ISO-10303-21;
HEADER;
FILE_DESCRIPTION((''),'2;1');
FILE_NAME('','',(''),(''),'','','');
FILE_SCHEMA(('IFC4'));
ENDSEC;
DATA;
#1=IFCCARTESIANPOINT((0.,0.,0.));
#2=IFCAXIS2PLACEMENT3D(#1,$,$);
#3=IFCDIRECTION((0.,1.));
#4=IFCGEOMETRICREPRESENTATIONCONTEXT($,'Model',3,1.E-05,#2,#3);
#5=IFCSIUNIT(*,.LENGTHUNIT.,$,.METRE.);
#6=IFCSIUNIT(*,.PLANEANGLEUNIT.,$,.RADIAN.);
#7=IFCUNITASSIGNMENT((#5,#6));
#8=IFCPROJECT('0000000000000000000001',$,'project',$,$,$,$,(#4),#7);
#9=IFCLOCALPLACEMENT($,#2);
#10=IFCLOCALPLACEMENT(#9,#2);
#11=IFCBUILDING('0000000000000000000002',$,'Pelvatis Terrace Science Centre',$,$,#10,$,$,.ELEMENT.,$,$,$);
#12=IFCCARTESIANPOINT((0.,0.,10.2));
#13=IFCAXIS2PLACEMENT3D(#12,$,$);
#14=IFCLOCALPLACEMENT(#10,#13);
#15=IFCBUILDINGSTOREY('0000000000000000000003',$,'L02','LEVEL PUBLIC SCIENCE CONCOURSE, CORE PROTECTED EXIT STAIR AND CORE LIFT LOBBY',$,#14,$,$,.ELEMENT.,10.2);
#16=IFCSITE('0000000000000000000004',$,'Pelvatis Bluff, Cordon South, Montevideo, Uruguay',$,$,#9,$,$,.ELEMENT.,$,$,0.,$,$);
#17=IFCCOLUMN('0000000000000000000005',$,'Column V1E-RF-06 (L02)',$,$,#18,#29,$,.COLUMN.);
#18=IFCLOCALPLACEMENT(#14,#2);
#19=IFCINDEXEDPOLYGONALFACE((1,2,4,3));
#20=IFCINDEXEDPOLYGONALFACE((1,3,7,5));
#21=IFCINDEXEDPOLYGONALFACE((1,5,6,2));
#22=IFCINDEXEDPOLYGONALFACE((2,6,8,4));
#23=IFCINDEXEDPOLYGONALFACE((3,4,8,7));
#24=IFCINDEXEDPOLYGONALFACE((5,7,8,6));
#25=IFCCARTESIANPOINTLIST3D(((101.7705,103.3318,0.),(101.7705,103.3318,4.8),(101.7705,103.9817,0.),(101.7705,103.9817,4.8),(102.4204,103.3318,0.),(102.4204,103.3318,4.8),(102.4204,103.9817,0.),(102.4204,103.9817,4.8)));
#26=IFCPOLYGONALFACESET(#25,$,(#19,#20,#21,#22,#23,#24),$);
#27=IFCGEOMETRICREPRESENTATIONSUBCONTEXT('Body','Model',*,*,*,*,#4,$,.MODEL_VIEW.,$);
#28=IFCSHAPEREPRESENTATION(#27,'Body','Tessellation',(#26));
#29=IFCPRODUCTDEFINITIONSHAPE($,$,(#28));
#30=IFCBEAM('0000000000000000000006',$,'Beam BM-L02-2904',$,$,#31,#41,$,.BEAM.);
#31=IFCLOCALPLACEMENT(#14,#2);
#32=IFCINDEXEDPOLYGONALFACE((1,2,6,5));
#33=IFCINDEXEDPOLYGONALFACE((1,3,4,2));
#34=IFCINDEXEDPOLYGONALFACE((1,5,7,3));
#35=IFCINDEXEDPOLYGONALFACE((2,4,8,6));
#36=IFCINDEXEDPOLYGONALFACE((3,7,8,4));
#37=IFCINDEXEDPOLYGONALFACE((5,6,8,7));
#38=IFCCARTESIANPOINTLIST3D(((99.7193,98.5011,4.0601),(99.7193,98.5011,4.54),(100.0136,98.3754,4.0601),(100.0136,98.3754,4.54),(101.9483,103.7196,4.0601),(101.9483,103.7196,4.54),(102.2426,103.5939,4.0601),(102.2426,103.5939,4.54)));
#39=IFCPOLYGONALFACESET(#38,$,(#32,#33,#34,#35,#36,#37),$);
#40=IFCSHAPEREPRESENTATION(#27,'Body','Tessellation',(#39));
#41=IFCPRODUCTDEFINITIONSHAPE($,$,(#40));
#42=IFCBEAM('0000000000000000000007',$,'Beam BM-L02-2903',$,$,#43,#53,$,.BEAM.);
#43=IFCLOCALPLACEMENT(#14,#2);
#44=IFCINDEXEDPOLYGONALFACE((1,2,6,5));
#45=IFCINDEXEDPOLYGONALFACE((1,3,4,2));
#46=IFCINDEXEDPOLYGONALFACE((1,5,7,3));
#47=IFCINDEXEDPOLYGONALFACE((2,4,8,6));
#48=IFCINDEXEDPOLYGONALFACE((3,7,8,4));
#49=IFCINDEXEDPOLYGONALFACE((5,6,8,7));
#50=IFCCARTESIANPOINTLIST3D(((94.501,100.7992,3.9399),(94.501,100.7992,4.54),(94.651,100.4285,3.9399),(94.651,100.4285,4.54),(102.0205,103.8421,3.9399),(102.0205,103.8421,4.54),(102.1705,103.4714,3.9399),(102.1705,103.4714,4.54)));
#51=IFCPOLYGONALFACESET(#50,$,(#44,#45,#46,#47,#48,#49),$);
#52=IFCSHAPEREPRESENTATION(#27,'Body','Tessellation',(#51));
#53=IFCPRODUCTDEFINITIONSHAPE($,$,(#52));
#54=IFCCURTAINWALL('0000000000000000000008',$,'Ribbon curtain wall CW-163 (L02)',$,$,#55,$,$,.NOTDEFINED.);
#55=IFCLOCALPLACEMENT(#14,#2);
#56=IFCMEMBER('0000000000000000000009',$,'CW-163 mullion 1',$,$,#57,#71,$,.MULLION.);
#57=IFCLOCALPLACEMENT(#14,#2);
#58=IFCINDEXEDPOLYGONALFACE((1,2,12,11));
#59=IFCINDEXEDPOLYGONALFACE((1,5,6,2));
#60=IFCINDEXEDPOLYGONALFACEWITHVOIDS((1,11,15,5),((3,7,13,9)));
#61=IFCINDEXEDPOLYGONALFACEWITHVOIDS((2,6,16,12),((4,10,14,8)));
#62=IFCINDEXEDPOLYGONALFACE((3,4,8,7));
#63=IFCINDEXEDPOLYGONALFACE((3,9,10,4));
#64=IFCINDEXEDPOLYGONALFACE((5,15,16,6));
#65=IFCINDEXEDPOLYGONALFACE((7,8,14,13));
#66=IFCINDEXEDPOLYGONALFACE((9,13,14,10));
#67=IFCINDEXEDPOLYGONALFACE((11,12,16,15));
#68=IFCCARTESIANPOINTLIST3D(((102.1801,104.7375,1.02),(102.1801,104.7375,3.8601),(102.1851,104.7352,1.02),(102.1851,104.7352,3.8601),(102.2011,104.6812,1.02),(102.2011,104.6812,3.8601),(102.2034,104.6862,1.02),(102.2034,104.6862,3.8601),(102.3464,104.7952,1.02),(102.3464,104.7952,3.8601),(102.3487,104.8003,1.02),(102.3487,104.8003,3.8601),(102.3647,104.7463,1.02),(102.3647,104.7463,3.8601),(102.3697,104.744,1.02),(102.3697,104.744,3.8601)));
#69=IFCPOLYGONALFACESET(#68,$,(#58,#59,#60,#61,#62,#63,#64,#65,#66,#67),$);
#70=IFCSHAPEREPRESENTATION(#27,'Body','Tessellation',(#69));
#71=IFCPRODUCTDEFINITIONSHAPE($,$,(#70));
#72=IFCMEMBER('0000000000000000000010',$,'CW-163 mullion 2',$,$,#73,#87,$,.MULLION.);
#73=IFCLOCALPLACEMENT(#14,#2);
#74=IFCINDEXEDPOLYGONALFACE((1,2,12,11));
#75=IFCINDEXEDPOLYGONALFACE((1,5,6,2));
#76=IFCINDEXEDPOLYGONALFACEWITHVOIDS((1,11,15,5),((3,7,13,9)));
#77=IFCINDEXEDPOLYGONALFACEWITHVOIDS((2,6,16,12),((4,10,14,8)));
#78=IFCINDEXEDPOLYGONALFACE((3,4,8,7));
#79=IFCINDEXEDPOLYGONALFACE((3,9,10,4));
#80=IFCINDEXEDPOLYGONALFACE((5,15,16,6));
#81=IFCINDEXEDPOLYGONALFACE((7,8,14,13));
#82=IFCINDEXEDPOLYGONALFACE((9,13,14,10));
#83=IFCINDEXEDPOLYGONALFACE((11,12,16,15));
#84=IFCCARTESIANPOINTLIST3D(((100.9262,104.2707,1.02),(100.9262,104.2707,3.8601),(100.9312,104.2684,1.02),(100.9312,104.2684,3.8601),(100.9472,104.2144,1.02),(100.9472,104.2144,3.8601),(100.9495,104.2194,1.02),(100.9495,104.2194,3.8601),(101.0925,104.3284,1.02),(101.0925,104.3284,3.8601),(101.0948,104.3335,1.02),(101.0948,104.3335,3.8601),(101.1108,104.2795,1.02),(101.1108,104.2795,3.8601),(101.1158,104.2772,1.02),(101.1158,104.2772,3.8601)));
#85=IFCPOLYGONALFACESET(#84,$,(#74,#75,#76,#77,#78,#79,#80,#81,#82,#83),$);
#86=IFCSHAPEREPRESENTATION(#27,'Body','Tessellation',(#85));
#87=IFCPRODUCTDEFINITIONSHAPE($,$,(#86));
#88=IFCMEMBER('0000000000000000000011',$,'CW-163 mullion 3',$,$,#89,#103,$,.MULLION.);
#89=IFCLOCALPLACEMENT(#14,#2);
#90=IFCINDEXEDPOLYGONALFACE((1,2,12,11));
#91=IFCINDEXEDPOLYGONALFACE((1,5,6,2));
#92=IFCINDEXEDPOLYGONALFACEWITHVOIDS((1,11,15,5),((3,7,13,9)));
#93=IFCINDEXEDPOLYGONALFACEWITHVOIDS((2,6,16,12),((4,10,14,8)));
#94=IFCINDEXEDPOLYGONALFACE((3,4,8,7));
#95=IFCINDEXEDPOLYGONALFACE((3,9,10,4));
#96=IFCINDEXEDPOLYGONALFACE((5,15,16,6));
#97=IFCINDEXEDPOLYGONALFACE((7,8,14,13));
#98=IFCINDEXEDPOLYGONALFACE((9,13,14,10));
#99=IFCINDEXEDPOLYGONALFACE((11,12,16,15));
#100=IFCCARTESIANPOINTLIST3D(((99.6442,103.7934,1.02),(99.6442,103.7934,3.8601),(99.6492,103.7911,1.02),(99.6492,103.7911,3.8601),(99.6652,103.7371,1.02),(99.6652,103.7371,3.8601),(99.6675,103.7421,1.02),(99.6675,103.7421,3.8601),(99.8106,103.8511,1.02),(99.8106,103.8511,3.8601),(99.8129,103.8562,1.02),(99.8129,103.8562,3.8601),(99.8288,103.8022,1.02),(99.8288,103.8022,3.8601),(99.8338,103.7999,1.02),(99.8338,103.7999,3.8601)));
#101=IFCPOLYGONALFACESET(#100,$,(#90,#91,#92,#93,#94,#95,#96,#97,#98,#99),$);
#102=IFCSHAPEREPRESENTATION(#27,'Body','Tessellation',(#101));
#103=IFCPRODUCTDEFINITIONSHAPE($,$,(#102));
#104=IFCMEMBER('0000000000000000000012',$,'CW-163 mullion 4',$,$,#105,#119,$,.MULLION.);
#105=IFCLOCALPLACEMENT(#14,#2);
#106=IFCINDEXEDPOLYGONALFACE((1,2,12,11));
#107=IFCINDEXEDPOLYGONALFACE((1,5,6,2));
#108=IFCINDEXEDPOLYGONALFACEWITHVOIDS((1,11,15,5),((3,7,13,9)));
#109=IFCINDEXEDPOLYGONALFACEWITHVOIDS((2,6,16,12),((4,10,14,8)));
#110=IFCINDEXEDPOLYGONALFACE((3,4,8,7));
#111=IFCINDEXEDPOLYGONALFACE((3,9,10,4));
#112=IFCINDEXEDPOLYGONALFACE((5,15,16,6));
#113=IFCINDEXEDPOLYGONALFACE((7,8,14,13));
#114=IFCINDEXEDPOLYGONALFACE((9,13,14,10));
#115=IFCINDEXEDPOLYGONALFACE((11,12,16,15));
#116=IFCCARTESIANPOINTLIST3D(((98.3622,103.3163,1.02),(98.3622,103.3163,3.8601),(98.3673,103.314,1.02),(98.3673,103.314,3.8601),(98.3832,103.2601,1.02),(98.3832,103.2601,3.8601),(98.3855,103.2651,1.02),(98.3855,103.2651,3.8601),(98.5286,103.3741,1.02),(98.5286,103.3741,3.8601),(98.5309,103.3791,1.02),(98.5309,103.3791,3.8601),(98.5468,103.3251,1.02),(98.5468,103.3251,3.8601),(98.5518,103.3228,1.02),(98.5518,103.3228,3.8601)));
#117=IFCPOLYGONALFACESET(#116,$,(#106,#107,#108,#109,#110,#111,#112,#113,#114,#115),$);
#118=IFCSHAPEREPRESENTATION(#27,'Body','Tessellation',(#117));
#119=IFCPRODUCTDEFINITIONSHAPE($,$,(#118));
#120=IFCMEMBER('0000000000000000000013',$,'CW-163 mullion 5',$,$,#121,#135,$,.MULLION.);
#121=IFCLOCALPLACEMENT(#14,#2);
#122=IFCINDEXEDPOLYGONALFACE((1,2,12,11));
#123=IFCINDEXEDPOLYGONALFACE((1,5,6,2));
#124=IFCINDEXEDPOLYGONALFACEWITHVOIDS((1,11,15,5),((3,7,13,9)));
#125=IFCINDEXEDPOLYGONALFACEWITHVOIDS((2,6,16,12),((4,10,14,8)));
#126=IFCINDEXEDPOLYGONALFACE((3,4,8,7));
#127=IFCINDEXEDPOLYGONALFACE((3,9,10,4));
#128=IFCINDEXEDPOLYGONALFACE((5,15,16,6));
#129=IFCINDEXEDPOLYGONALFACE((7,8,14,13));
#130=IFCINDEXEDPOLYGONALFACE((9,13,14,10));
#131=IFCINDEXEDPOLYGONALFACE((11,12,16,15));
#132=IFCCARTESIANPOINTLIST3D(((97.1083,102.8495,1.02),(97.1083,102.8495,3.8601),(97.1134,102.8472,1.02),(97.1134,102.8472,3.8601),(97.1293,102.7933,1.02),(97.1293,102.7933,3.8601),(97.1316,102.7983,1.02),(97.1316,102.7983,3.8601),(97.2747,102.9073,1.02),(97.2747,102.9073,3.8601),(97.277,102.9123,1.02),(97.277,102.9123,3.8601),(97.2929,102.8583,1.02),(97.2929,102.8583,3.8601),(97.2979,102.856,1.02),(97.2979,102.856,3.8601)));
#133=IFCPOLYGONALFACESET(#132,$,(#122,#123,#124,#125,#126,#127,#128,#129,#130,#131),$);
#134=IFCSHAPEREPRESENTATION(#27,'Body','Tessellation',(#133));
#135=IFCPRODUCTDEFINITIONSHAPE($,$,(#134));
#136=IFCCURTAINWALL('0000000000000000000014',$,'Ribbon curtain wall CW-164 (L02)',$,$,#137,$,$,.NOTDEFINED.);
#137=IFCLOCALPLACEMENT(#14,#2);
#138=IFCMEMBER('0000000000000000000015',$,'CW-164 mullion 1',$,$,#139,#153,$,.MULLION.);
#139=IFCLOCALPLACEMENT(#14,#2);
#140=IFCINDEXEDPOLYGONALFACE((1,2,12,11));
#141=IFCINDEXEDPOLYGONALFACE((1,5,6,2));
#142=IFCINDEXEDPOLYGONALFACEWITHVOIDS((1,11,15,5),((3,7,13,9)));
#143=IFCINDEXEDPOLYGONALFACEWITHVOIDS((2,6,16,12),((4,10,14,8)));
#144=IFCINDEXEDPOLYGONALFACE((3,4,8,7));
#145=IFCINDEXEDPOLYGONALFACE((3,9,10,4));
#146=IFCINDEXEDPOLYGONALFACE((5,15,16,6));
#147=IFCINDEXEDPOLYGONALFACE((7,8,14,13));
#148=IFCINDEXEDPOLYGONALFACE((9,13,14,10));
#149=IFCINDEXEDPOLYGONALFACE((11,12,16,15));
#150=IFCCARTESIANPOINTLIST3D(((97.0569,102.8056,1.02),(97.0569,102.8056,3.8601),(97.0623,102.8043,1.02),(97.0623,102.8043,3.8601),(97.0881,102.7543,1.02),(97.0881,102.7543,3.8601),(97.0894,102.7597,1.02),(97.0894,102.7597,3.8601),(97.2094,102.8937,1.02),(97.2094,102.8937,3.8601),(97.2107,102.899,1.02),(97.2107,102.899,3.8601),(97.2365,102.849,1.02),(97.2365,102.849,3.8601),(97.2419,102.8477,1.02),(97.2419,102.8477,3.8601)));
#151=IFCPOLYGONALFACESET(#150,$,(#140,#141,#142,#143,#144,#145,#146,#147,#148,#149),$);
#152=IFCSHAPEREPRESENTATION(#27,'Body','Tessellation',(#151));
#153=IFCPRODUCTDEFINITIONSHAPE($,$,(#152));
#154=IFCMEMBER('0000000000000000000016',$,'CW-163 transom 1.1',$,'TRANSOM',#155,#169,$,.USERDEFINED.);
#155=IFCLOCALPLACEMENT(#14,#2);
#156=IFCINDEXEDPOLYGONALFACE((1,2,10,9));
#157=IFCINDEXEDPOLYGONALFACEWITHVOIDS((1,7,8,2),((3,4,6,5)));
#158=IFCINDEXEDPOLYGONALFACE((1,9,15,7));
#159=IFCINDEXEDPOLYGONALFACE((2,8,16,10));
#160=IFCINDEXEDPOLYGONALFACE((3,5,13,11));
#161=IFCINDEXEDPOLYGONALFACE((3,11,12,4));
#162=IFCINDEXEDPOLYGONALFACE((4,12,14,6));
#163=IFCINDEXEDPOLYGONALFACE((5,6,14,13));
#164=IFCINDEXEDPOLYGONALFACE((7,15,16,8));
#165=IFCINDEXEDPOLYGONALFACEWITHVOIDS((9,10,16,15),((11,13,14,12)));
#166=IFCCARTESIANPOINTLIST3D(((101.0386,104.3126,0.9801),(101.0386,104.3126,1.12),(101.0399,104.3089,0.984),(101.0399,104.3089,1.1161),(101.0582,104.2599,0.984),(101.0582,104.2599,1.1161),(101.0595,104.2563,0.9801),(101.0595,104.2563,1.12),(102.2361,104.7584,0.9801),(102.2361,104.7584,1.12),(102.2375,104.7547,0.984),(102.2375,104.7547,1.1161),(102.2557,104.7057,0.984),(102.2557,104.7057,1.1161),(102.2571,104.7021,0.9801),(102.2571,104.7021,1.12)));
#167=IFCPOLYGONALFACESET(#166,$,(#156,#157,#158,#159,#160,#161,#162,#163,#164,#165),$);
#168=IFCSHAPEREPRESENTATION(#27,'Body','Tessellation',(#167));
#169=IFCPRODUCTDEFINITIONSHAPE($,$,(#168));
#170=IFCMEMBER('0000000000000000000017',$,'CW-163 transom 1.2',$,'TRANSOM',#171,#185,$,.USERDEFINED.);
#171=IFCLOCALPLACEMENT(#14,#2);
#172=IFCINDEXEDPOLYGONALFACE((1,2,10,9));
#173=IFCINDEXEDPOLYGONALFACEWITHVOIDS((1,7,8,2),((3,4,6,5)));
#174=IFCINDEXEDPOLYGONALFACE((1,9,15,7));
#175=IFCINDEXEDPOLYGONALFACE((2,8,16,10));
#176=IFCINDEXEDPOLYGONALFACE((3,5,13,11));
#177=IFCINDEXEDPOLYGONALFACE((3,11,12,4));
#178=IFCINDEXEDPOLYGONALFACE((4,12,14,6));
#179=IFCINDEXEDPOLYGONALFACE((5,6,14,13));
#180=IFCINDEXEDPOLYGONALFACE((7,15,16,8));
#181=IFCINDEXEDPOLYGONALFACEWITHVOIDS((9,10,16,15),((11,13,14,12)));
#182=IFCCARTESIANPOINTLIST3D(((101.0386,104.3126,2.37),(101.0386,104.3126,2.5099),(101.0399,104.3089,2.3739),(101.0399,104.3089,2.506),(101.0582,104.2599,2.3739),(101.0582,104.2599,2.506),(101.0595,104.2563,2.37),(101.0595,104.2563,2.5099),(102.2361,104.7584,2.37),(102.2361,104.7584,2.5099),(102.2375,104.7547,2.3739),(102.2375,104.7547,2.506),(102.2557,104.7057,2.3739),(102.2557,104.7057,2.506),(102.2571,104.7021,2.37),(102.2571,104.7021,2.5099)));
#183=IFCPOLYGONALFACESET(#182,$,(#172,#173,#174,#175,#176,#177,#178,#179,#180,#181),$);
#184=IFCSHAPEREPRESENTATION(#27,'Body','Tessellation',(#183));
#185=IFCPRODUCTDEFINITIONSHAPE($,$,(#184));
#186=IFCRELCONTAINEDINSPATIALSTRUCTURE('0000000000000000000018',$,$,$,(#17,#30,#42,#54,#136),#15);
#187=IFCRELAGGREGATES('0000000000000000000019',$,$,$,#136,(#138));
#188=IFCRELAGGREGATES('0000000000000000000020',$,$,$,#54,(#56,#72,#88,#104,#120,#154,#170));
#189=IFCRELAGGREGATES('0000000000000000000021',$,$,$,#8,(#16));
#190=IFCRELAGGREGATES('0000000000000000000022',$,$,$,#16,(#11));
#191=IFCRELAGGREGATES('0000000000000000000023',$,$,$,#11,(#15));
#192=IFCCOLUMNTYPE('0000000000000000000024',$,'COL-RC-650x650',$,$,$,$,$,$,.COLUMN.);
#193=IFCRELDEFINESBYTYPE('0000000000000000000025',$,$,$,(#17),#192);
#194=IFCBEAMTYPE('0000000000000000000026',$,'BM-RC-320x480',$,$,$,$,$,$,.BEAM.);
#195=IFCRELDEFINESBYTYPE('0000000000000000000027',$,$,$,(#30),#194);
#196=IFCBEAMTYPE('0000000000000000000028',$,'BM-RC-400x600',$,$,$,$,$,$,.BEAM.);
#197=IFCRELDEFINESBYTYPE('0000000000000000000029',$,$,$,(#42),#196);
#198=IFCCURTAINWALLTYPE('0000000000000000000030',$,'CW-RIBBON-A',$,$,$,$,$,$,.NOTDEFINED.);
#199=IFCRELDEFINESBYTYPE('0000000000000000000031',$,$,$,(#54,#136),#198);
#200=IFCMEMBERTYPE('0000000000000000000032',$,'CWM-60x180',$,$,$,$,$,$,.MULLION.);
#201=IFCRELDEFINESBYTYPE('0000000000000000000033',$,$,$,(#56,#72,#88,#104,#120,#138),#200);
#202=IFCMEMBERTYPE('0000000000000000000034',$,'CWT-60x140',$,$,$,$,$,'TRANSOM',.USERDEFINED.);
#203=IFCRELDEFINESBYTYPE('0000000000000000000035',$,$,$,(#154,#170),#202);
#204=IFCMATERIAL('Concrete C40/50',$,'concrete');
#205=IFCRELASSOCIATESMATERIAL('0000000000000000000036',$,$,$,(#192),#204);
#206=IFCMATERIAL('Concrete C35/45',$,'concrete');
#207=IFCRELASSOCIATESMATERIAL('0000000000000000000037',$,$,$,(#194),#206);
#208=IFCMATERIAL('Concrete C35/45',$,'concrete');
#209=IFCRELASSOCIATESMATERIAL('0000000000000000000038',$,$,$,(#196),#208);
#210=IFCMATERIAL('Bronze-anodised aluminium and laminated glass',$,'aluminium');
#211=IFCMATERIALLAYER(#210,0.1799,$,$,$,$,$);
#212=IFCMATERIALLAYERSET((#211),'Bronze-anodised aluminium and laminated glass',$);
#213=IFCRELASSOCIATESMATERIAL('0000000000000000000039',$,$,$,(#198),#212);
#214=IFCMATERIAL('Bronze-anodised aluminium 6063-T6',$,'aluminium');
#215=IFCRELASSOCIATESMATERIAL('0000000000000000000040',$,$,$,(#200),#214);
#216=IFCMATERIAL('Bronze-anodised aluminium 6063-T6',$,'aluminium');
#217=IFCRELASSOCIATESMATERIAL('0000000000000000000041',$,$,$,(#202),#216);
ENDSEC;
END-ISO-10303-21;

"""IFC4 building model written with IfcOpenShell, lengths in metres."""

from ifc_helpers import new_model, si_unit, direction, frame, origin, origin_2d, place, context, subcontext, project, spatial, rectangle, hollow_rectangle, extrude, material, layer, layer_set, material_profile, profile_set, type_object, element, aggregate, save


model = new_model("IFC4")

# Units and contexts
model_context = context("Model", 3, precision=1e-05, world=origin(), true_north=direction((0.0, 1.0)))
body_context = subcontext(model_context, "Body", "Model", "MODEL_VIEW")
ifc_project = project(units=[si_unit("LENGTHUNIT", "METRE"), si_unit("PLANEANGLEUNIT", "RADIAN")], contexts=[model_context])

# Site, building, storey
site_placement = place(None, origin())
site = spatial("IfcSite", under=ifc_project, at=site_placement, Name="Pelvatis Bluff, Cordon South, Montevideo, Uruguay", CompositionType="ELEMENT", RefElevation=0.0)
building_placement = place(site_placement, origin())
building = spatial("IfcBuilding", under=site, at=building_placement, Name="Pelvatis Terrace Science Centre", CompositionType="ELEMENT")
storey_placement = place(building_placement, frame((0.0, 0.0, 10.2)))
storey = spatial("IfcBuildingStorey", under=building, at=storey_placement, Name="L02", Description="LEVEL PUBLIC SCIENCE CONCOURSE, CORE PROTECTED EXIT STAIR AND CORE LIFT LOBBY", CompositionType="ELEMENT", Elevation=10.2)

# Column
ifc_material_1 = material(Name="Concrete C40/50", Category="concrete")
ifc_material_profile_1 = material_profile(ifc_material_1, rectangle(XDim=0.6499, YDim=0.6499, at=origin_2d()), Name="RC-COL 650x650")
ifc_profile_set_1 = profile_set([ifc_material_profile_1], Name="Concrete C40/50")
column_type = type_object("IfcColumnType", Name="COL-RC-650x650", PredefinedType="COLUMN", material=ifc_profile_set_1)
column_placement = place(storey_placement, frame((102.0955, 103.6567, 0.0), z_axis=(0.0, 0.0, 1.0), x_axis=(1.0, 0.0, 0.0)))
element("IfcColumn", 1, at=column_placement, inside=storey, type_object=column_type, Name="Column V1E-RF-06 (L02)", PredefinedType="COLUMN", context=body_context, shape_type="SweptSolid", body=[
    extrude(rectangle(XDim=0.6499, YDim=0.6499, at=origin_2d()), origin(), (0.0, 0.0, 1.0), 4.8),
])

# Beams
ifc_material_2 = material(Name="Concrete C35/45", Category="concrete")
ifc_material_profile_2 = material_profile(ifc_material_2, rectangle(XDim=0.3201, YDim=0.48, at=origin_2d()), Name="RC-BM 320x480")
ifc_profile_set_2 = profile_set([ifc_material_profile_2], Name="Concrete C35/45")
beam_type_1 = type_object("IfcBeamType", Name="BM-RC-320x480", PredefinedType="BEAM", material=ifc_profile_set_2)
beam_1_placement = place(storey_placement, frame((102.0955, 103.6567, 4.3), z_axis=(-0.392803, -0.919623, 0.0), x_axis=(0.919623, -0.392803, 0.0)))
element("IfcBeam", 2, at=beam_1_placement, inside=storey, type_object=beam_type_1, Name="Beam BM-L02-2904", PredefinedType="BEAM", context=body_context, shape_type="SweptSolid", body=[
    extrude(rectangle(XDim=0.3201, YDim=0.48, at=origin_2d()), origin(), (0.0, 0.0, 1.0), 5.6746),
])
ifc_material_3 = material(Name="Concrete C35/45", Category="concrete")
ifc_material_profile_3 = material_profile(ifc_material_3, rectangle(XDim=0.3999, YDim=0.6001, at=origin_2d()), Name="RC-BM 400x600")
ifc_profile_set_3 = profile_set([ifc_material_profile_3], Name="Concrete C35/45")
beam_type_2 = type_object("IfcBeamType", Name="BM-RC-400x600", PredefinedType="BEAM", material=ifc_profile_set_3)
beam_2_placement = place(storey_placement, frame((102.0955, 103.6567, 4.24), z_axis=(-0.926975, -0.375124, 0.0), x_axis=(0.375124, -0.926975, 0.0)))
element("IfcBeam", 3, at=beam_2_placement, inside=storey, type_object=beam_type_2, Name="Beam BM-L02-2903", PredefinedType="BEAM", context=body_context, shape_type="SweptSolid", body=[
    extrude(rectangle(XDim=0.3999, YDim=0.6001, at=origin_2d()), origin(), (0.0, 0.0, 1.0), 8.1118),
])

# Curtain wall, members
ifc_material_4 = material(Name="Bronze-anodised aluminium and laminated glass", Category="aluminium")
ifc_layer_1 = layer(ifc_material_4, 0.1799)
ifc_layer_set_1 = layer_set([ifc_layer_1], Name="Bronze-anodised aluminium and laminated glass")
curtain_wall_type = type_object("IfcCurtainWallType", Name="CW-RIBBON-A", PredefinedType="NOTDEFINED", material=ifc_layer_set_1)
curtain_wall_1_placement = place(storey_placement, origin())
curtain_wall_1 = element("IfcCurtainWall", 4, at=curtain_wall_1_placement, inside=storey, type_object=curtain_wall_type, Name="Ribbon curtain wall CW-163 (L02)", PredefinedType="NOTDEFINED")
ifc_material_5 = material(Name="Bronze-anodised aluminium 6063-T6", Category="aluminium")
ifc_material_profile_4 = material_profile(ifc_material_5, hollow_rectangle(XDim=0.0601, YDim=0.1799, WallThickness=0.0039, at=origin_2d()), Name="ALU-MUL 60x180")
ifc_profile_set_4 = profile_set([ifc_material_profile_4], Name="Bronze-anodised aluminium 6063-T6")
member_type_1 = type_object("IfcMemberType", Name="CWM-60x180", PredefinedType="MULLION", material=ifc_profile_set_4)
member_1_placement = place(storey_placement, frame((102.2749, 104.7407, 1.02), z_axis=(0.0, 0.0, 1.0), x_axis=(0.348869, -0.937171, 0.0)))
member_1 = element("IfcMember", 5, at=member_1_placement, type_object=member_type_1, Name="CW-163 mullion 1", PredefinedType="MULLION", context=body_context, shape_type="SweptSolid", body=[
    extrude(hollow_rectangle(XDim=0.0601, YDim=0.1799, WallThickness=0.0039, at=origin_2d()), origin(), (0.0, 0.0, 1.0), 2.8401),
])
member_2_placement = place(storey_placement, frame((101.021, 104.2739, 1.02), z_axis=(0.0, 0.0, 1.0), x_axis=(0.348869, -0.937171, 0.0)))
member_2 = element("IfcMember", 6, at=member_2_placement, type_object=member_type_1, Name="CW-163 mullion 2", PredefinedType="MULLION", context=body_context, shape_type="SweptSolid", body=[
    extrude(hollow_rectangle(XDim=0.0601, YDim=0.1799, WallThickness=0.0039, at=origin_2d()), origin(), (0.0, 0.0, 1.0), 2.8401),
])
member_3_placement = place(storey_placement, frame((99.739, 103.7966, 1.02), z_axis=(0.0, 0.0, 1.0), x_axis=(0.348869, -0.937171, 0.0)))
member_3 = element("IfcMember", 7, at=member_3_placement, type_object=member_type_1, Name="CW-163 mullion 3", PredefinedType="MULLION", context=body_context, shape_type="SweptSolid", body=[
    extrude(hollow_rectangle(XDim=0.0601, YDim=0.1799, WallThickness=0.0039, at=origin_2d()), origin(), (0.0, 0.0, 1.0), 2.8401),
])
member_4_placement = place(storey_placement, frame((98.457, 103.3196, 1.02), z_axis=(0.0, 0.0, 1.0), x_axis=(0.348869, -0.937171, 0.0)))
member_4 = element("IfcMember", 8, at=member_4_placement, type_object=member_type_1, Name="CW-163 mullion 4", PredefinedType="MULLION", context=body_context, shape_type="SweptSolid", body=[
    extrude(hollow_rectangle(XDim=0.0601, YDim=0.1799, WallThickness=0.0039, at=origin_2d()), origin(), (0.0, 0.0, 1.0), 2.8401),
])
member_5_placement = place(storey_placement, frame((97.2031, 102.8528, 1.02), z_axis=(0.0, 0.0, 1.0), x_axis=(0.348869, -0.937171, 0.0)))
member_5 = element("IfcMember", 9, at=member_5_placement, type_object=member_type_1, Name="CW-163 mullion 5", PredefinedType="MULLION", context=body_context, shape_type="SweptSolid", body=[
    extrude(hollow_rectangle(XDim=0.0601, YDim=0.1799, WallThickness=0.0039, at=origin_2d()), origin(), (0.0, 0.0, 1.0), 2.8401),
])

# Curtain wall, member
curtain_wall_2_placement = place(storey_placement, origin())
curtain_wall_2 = element("IfcCurtainWall", 10, at=curtain_wall_2_placement, inside=storey, type_object=curtain_wall_type, Name="Ribbon curtain wall CW-164 (L02)", PredefinedType="NOTDEFINED")
member_6_placement = place(storey_placement, frame((97.1494, 102.8267, 1.02), z_axis=(0.0, 0.0, 1.0), x_axis=(0.51919, -0.854659, 0.0)))
member_6 = element("IfcMember", 11, at=member_6_placement, type_object=member_type_1, Name="CW-164 mullion 1", PredefinedType="MULLION", context=body_context, shape_type="SweptSolid", body=[
    extrude(hollow_rectangle(XDim=0.0601, YDim=0.1799, WallThickness=0.0039, at=origin_2d()), origin(), (0.0, 0.0, 1.0), 2.8401),
])

# Members
ifc_material_6 = material(Name="Bronze-anodised aluminium 6063-T6", Category="aluminium")
ifc_material_profile_5 = material_profile(ifc_material_6, hollow_rectangle(XDim=0.0601, YDim=0.1399, WallThickness=0.0039, at=origin_2d()), Name="ALU-TRN 60x140")
ifc_profile_set_5 = profile_set([ifc_material_profile_5], Name="Bronze-anodised aluminium 6063-T6")
member_type_2 = type_object("IfcMemberType", Name="CWT-60x140", ElementType="TRANSOM", PredefinedType="USERDEFINED", material=ifc_profile_set_5)
member_7_placement = place(storey_placement, frame((102.2466, 104.7302, 1.05), z_axis=(-0.937167, -0.348882, 0.0), x_axis=(0.348882, -0.937167, 0.0)))
member_7 = element("IfcMember", 12, at=member_7_placement, type_object=member_type_2, Name="CW-163 transom 1.1", ObjectType="TRANSOM", PredefinedType="USERDEFINED", context=body_context, shape_type="SweptSolid", body=[
    extrude(hollow_rectangle(XDim=0.0601, YDim=0.1399, WallThickness=0.0039, at=origin_2d()), origin(), (0.0, 0.0, 1.0), 1.2778),
])
member_8_placement = place(storey_placement, frame((102.2466, 104.7302, 2.4399), z_axis=(-0.937167, -0.348882, 0.0), x_axis=(0.348882, -0.937167, 0.0)))
member_8 = element("IfcMember", 13, at=member_8_placement, type_object=member_type_2, Name="CW-163 transom 1.2", ObjectType="TRANSOM", PredefinedType="USERDEFINED", context=body_context, shape_type="SweptSolid", body=[
    extrude(hollow_rectangle(XDim=0.0601, YDim=0.1399, WallThickness=0.0039, at=origin_2d()), origin(), (0.0, 0.0, 1.0), 1.2778),
])
aggregate(curtain_wall_2, [member_6])

aggregate(curtain_wall_1, [member_1, member_2, member_3, member_4, member_5, member_7, member_8])

save(model, "model.ifc")
